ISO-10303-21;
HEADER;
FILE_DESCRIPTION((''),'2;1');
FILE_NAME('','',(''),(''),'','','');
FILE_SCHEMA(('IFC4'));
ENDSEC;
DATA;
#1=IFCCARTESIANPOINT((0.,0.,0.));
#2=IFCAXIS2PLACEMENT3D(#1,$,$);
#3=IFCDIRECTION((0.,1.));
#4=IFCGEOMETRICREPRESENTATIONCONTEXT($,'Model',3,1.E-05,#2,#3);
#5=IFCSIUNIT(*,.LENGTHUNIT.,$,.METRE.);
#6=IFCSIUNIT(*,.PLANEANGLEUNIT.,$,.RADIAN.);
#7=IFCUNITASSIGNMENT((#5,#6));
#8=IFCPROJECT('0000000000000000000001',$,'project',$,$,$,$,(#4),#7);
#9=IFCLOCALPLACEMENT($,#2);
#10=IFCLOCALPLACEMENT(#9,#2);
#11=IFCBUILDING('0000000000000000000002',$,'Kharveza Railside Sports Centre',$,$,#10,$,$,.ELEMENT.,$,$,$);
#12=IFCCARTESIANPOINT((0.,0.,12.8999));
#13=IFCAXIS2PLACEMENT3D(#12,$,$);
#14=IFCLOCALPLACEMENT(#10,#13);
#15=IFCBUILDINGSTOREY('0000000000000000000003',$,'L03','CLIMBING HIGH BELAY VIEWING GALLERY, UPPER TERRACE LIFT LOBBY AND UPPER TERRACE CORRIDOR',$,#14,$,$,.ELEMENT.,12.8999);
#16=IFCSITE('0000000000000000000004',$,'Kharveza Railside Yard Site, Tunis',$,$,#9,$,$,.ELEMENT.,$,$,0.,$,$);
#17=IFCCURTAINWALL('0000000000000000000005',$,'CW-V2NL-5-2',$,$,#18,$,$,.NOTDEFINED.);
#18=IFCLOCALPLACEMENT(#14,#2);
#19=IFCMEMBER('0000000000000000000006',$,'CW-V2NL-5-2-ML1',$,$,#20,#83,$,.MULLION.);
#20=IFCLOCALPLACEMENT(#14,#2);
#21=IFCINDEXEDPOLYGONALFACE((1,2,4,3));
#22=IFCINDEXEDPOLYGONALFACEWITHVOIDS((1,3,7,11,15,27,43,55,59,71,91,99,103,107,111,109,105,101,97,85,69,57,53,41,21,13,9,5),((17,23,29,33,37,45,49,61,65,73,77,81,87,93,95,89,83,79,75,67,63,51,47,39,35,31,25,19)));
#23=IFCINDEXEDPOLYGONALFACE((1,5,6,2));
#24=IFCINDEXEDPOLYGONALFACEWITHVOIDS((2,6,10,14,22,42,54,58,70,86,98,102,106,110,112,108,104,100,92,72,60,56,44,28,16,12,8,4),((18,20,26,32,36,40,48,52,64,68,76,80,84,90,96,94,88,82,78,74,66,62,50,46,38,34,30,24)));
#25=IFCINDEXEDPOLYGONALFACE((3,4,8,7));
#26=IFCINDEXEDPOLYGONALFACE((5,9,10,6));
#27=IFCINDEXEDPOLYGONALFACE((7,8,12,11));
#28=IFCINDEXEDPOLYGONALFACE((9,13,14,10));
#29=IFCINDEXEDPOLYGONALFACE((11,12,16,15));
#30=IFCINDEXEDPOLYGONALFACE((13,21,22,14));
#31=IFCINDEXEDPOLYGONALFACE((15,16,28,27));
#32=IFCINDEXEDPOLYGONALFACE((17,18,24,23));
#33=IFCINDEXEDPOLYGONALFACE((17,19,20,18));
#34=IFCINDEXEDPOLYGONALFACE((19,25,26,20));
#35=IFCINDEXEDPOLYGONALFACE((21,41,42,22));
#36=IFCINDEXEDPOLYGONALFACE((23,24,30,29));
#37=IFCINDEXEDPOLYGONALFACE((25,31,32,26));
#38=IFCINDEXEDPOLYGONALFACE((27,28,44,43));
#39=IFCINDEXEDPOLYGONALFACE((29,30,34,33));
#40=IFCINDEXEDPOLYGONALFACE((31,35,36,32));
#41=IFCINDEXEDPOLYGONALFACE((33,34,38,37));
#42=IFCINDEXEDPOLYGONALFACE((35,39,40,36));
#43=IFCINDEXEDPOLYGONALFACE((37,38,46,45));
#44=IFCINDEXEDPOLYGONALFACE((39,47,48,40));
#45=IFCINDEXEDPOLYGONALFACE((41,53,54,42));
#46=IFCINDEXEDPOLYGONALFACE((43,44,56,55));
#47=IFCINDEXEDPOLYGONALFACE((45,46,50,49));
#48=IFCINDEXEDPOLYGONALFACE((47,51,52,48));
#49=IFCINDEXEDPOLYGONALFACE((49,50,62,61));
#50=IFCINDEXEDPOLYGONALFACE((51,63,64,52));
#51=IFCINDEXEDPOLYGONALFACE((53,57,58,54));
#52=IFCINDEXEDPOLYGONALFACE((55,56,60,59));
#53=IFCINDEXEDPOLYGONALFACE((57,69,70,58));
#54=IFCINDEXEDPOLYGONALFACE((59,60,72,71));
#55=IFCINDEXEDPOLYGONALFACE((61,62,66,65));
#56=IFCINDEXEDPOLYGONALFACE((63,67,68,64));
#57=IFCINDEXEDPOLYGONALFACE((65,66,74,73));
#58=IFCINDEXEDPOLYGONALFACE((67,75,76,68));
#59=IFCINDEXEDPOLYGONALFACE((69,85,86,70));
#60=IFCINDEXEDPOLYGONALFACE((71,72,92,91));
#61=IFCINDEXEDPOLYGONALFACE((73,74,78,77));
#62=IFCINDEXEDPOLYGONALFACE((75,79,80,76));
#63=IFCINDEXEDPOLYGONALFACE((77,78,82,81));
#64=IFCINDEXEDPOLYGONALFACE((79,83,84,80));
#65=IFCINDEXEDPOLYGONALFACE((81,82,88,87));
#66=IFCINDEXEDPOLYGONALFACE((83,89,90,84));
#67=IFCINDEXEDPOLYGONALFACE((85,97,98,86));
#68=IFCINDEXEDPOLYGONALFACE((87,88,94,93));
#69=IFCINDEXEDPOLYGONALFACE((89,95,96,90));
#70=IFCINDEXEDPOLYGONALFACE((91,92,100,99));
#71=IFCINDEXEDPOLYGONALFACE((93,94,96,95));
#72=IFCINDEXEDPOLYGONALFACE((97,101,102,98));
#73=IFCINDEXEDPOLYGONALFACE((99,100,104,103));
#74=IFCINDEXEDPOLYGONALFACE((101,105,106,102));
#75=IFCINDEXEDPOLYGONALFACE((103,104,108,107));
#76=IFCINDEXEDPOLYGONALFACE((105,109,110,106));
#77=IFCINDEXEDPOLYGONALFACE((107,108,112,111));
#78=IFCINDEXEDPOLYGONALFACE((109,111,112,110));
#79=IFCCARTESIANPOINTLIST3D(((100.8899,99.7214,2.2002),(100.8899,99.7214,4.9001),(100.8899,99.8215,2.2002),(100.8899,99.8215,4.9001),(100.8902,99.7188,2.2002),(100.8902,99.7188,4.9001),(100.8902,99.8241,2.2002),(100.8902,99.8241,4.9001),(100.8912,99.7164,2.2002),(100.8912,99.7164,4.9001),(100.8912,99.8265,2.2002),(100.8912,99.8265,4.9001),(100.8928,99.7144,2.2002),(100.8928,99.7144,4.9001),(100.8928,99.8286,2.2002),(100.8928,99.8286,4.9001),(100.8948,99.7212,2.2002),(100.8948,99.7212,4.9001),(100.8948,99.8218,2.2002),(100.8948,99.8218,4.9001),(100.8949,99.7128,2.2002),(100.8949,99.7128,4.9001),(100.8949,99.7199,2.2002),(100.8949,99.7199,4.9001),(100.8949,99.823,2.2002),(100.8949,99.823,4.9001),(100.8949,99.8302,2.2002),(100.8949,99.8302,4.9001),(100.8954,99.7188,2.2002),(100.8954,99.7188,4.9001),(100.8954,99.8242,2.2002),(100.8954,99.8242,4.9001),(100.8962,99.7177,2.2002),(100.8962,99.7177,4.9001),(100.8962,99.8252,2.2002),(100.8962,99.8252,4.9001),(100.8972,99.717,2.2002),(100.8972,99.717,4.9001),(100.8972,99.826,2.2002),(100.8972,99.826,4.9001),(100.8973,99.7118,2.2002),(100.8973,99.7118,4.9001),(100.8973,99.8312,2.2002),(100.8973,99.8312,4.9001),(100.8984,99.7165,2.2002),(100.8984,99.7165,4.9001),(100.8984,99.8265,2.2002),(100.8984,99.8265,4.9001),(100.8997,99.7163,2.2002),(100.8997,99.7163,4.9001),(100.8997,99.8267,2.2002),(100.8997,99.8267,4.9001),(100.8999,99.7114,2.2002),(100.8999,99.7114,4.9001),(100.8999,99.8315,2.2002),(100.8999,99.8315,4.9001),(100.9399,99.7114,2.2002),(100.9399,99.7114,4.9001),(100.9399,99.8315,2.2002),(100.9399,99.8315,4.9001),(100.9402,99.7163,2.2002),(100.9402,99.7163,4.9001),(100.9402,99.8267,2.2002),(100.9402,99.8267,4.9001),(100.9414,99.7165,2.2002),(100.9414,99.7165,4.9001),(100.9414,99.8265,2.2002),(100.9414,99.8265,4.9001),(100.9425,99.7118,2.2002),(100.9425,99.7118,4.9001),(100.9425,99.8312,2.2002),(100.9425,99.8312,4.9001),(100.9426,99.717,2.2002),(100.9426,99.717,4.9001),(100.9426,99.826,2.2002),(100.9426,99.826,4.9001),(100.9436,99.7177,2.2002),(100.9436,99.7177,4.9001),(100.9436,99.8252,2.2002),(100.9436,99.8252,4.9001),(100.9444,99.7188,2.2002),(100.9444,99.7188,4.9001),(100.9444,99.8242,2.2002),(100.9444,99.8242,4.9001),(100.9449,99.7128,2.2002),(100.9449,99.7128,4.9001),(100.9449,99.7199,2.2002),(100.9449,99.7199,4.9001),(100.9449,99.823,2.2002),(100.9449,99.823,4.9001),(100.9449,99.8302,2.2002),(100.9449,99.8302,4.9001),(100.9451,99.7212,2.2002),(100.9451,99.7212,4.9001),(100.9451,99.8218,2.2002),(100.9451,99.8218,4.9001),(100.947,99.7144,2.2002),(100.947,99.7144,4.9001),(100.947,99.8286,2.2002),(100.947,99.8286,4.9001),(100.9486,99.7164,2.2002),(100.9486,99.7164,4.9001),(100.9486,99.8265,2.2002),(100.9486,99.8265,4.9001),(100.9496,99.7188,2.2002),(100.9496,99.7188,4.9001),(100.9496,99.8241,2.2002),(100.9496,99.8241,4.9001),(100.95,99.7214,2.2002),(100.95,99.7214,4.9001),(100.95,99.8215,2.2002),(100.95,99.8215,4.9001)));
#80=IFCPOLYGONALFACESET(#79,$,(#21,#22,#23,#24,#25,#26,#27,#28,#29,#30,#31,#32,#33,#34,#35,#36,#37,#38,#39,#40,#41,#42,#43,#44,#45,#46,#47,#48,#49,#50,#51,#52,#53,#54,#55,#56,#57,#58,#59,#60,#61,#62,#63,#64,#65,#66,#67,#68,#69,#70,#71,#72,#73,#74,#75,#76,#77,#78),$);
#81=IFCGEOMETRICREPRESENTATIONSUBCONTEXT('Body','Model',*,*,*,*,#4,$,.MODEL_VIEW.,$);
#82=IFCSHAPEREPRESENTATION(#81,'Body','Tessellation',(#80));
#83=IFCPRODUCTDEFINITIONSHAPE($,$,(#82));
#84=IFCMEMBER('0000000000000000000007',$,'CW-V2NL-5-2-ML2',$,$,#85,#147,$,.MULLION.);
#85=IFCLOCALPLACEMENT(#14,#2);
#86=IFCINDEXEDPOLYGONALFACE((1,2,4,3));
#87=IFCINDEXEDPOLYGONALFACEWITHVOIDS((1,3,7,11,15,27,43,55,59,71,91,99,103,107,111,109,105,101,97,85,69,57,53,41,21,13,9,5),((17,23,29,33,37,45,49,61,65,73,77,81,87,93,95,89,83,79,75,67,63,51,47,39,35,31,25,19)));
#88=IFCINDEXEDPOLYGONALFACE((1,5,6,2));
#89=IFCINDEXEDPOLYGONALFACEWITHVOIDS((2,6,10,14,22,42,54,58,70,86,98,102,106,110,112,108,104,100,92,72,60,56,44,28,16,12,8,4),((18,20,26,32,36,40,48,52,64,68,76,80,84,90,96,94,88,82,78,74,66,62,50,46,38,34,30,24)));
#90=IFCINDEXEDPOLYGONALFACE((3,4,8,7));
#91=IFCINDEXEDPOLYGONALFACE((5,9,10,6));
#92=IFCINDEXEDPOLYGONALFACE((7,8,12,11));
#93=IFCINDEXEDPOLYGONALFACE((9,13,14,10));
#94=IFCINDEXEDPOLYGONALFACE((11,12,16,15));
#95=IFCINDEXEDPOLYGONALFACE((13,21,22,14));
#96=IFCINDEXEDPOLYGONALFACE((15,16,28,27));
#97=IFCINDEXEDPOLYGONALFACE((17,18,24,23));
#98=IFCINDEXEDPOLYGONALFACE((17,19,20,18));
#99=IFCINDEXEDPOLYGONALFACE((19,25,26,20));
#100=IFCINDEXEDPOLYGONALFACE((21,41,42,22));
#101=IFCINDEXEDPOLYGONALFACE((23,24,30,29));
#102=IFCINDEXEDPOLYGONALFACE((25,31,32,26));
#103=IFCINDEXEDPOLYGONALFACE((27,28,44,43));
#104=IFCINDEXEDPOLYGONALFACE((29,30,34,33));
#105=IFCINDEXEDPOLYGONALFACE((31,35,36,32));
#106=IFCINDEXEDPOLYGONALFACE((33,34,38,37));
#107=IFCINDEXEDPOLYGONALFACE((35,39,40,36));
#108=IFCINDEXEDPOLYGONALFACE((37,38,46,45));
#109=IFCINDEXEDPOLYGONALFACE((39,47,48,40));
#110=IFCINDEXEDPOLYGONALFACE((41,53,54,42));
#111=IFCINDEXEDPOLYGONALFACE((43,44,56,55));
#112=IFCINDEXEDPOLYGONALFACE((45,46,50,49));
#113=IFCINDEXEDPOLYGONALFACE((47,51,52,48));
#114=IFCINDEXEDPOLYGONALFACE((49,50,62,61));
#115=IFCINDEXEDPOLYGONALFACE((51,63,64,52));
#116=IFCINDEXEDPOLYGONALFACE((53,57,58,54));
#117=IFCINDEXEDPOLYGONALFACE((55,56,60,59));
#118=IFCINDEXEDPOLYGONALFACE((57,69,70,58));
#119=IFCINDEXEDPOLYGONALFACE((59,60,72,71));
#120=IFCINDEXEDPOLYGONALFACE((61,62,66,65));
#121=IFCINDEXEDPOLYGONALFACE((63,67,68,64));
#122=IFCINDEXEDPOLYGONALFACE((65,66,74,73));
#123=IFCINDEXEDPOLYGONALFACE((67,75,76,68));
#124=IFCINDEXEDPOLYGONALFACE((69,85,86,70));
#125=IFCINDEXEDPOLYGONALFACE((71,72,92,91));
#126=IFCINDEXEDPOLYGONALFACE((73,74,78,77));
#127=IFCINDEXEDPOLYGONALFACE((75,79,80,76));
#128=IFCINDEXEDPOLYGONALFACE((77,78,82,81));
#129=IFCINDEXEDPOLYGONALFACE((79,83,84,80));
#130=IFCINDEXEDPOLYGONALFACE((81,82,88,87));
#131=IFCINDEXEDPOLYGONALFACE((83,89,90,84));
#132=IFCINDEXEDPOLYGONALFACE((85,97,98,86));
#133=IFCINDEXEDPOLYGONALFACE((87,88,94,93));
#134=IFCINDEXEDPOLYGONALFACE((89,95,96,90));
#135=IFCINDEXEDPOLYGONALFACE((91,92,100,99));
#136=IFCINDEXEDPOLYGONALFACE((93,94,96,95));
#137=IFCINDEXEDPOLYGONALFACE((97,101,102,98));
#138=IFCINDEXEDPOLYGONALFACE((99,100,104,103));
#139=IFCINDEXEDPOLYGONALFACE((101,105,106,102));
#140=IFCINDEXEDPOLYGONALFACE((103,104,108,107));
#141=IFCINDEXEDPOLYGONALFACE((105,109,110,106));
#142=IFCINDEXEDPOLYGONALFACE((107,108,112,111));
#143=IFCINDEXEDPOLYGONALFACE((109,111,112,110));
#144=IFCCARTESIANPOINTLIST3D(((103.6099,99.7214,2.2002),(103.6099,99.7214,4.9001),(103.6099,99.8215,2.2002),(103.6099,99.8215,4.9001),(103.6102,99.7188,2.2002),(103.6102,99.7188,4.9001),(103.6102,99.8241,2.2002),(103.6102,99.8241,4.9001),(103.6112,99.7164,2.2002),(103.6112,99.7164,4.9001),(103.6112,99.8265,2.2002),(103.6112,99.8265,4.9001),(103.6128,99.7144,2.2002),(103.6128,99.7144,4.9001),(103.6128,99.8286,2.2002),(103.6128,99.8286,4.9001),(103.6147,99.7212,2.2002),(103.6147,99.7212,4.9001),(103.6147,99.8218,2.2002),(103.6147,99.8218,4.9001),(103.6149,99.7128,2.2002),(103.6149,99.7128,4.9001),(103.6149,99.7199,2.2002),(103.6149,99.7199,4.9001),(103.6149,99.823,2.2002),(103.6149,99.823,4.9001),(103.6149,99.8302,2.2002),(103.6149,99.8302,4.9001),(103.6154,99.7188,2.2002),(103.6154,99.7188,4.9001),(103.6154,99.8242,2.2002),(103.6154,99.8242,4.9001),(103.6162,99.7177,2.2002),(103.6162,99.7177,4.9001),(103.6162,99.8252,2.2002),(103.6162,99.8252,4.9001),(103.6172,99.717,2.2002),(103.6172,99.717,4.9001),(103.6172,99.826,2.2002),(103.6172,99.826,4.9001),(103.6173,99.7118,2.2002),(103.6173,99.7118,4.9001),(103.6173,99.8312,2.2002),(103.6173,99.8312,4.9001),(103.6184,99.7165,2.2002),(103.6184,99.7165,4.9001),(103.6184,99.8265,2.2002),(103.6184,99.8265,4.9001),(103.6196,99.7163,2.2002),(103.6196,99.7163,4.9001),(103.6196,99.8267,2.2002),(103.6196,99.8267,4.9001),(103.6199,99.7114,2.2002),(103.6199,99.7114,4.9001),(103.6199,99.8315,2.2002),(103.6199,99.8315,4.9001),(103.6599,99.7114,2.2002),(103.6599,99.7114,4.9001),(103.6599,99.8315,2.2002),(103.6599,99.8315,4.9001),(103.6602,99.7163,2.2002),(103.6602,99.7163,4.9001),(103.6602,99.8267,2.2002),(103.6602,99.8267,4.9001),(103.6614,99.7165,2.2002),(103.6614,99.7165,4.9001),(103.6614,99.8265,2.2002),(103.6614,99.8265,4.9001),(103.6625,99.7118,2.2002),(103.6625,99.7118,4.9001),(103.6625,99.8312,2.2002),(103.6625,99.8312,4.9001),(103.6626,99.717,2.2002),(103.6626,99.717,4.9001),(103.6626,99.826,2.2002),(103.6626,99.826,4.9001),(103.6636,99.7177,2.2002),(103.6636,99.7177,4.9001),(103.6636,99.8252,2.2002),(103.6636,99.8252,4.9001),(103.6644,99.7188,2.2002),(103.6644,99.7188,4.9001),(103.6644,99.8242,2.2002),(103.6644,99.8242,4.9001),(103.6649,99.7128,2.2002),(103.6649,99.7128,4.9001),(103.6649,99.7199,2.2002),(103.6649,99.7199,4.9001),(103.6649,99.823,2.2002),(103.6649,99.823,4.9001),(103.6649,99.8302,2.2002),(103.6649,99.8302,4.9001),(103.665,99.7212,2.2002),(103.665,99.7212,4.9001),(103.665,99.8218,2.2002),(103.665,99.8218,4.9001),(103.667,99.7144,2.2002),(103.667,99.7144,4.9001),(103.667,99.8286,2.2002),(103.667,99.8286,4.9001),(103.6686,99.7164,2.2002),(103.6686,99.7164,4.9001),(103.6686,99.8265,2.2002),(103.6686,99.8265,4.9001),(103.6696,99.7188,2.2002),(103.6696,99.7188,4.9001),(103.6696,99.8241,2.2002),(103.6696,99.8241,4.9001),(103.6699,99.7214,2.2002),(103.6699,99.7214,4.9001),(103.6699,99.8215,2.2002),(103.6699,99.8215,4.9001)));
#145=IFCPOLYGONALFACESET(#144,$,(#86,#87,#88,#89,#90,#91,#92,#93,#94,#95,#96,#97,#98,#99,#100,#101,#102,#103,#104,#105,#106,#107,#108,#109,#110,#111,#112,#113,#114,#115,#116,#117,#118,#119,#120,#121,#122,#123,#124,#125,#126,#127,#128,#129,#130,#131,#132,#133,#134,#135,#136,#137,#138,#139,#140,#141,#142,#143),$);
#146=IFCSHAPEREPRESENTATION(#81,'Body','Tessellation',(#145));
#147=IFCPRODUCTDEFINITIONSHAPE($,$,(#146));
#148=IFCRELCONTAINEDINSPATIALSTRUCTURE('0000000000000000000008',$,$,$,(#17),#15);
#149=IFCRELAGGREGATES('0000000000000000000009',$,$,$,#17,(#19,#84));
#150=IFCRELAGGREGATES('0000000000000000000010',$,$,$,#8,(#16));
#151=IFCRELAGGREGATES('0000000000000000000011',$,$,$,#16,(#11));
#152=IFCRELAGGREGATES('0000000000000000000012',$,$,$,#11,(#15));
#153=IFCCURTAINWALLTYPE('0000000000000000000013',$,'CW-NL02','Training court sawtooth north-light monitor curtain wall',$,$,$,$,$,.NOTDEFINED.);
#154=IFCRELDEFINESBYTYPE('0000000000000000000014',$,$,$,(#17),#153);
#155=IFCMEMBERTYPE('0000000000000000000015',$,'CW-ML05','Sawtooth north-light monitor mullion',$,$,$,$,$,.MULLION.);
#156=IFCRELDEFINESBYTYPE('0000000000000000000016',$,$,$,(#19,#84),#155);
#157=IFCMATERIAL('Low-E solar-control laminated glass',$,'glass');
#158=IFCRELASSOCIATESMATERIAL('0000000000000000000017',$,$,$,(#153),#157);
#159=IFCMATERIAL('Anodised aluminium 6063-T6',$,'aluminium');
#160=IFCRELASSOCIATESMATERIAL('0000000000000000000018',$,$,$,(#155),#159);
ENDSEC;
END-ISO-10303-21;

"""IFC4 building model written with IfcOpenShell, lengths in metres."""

from ifc_helpers import new_model, si_unit, direction, frame, origin, origin_2d, place, context, subcontext, project, spatial, hollow_rectangle, extrude, material, material_profile, profile_set, type_object, element, aggregate, save


model = new_model("IFC4")

# Units and contexts
model_context = context("Model", 3, precision=1e-05, world=origin(), true_north=direction((0.0, 1.0)))
body_context = subcontext(model_context, "Body", "Model", "MODEL_VIEW")
ifc_project = project(units=[si_unit("LENGTHUNIT", "METRE"), si_unit("PLANEANGLEUNIT", "RADIAN")], contexts=[model_context])

# Site, building, storey
site_placement = place(None, origin())
site = spatial("IfcSite", under=ifc_project, at=site_placement, Name="Kharveza Railside Yard Site, Tunis", CompositionType="ELEMENT", RefElevation=0.0)
building_placement = place(site_placement, origin())
building = spatial("IfcBuilding", under=site, at=building_placement, Name="Kharveza Railside Sports Centre", CompositionType="ELEMENT")
storey_placement = place(building_placement, frame((0.0, 0.0, 12.8999)))
storey = spatial("IfcBuildingStorey", under=building, at=storey_placement, Name="L03", Description="CLIMBING HIGH BELAY VIEWING GALLERY, UPPER TERRACE LIFT LOBBY AND UPPER TERRACE CORRIDOR", CompositionType="ELEMENT", Elevation=12.8999)

# Curtain wall, members
ifc_material_1 = material(Name="Low-E solar-control laminated glass", Category="glass")
curtain_wall_type = type_object("IfcCurtainWallType", Name="CW-NL02", Description="Training court sawtooth north-light monitor curtain wall", PredefinedType="NOTDEFINED", material=ifc_material_1)
curtain_wall_1_placement = place(storey_placement, origin())
curtain_wall_1 = element("IfcCurtainWall", 1, at=curtain_wall_1_placement, inside=storey, type_object=curtain_wall_type, Name="CW-V2NL-5-2", PredefinedType="NOTDEFINED")
ifc_material_2 = material(Name="Anodised aluminium 6063-T6", Category="aluminium")
ifc_material_profile_1 = material_profile(ifc_material_2, hollow_rectangle(XDim=0.0601, YDim=0.1201, WallThickness=0.0049, InnerFilletRadius=0.0049, OuterFilletRadius=0.01, at=origin_2d()), Name="RHS 60x120x5.0")
ifc_profile_set_1 = profile_set([ifc_material_profile_1], Name="Anodised aluminium 6063-T6")
member_type_1 = type_object("IfcMemberType", Name="CW-ML05", Description="Sawtooth north-light monitor mullion", PredefinedType="MULLION", material=ifc_profile_set_1)
member_1_placement = place(storey_placement, frame((100.9199, 99.7715, 2.2002), z_axis=(0.0, 0.0, 1.0), x_axis=(1.0, 0.0, 0.0)))
member_1 = element("IfcMember", 2, at=member_1_placement, type_object=member_type_1, Name="CW-V2NL-5-2-ML1", PredefinedType="MULLION", context=body_context, shape_type="SweptSolid", body=[
    extrude(hollow_rectangle(XDim=0.0601, YDim=0.1201, WallThickness=0.0049, InnerFilletRadius=0.0049, OuterFilletRadius=0.01, at=origin_2d()), origin(), (0.0, 0.0, 1.0), 2.7),
])
member_2_placement = place(storey_placement, frame((103.6399, 99.7715, 2.2002), z_axis=(0.0, 0.0, 1.0), x_axis=(1.0, 0.0, 0.0)))
member_2 = element("IfcMember", 3, at=member_2_placement, type_object=member_type_1, Name="CW-V2NL-5-2-ML2", PredefinedType="MULLION", context=body_context, shape_type="SweptSolid", body=[
    extrude(hollow_rectangle(XDim=0.0601, YDim=0.1201, WallThickness=0.0049, InnerFilletRadius=0.0049, OuterFilletRadius=0.01, at=origin_2d()), origin(), (0.0, 0.0, 1.0), 2.7),
])

aggregate(curtain_wall_1, [member_1, member_2])

save(model, "model.ifc")
